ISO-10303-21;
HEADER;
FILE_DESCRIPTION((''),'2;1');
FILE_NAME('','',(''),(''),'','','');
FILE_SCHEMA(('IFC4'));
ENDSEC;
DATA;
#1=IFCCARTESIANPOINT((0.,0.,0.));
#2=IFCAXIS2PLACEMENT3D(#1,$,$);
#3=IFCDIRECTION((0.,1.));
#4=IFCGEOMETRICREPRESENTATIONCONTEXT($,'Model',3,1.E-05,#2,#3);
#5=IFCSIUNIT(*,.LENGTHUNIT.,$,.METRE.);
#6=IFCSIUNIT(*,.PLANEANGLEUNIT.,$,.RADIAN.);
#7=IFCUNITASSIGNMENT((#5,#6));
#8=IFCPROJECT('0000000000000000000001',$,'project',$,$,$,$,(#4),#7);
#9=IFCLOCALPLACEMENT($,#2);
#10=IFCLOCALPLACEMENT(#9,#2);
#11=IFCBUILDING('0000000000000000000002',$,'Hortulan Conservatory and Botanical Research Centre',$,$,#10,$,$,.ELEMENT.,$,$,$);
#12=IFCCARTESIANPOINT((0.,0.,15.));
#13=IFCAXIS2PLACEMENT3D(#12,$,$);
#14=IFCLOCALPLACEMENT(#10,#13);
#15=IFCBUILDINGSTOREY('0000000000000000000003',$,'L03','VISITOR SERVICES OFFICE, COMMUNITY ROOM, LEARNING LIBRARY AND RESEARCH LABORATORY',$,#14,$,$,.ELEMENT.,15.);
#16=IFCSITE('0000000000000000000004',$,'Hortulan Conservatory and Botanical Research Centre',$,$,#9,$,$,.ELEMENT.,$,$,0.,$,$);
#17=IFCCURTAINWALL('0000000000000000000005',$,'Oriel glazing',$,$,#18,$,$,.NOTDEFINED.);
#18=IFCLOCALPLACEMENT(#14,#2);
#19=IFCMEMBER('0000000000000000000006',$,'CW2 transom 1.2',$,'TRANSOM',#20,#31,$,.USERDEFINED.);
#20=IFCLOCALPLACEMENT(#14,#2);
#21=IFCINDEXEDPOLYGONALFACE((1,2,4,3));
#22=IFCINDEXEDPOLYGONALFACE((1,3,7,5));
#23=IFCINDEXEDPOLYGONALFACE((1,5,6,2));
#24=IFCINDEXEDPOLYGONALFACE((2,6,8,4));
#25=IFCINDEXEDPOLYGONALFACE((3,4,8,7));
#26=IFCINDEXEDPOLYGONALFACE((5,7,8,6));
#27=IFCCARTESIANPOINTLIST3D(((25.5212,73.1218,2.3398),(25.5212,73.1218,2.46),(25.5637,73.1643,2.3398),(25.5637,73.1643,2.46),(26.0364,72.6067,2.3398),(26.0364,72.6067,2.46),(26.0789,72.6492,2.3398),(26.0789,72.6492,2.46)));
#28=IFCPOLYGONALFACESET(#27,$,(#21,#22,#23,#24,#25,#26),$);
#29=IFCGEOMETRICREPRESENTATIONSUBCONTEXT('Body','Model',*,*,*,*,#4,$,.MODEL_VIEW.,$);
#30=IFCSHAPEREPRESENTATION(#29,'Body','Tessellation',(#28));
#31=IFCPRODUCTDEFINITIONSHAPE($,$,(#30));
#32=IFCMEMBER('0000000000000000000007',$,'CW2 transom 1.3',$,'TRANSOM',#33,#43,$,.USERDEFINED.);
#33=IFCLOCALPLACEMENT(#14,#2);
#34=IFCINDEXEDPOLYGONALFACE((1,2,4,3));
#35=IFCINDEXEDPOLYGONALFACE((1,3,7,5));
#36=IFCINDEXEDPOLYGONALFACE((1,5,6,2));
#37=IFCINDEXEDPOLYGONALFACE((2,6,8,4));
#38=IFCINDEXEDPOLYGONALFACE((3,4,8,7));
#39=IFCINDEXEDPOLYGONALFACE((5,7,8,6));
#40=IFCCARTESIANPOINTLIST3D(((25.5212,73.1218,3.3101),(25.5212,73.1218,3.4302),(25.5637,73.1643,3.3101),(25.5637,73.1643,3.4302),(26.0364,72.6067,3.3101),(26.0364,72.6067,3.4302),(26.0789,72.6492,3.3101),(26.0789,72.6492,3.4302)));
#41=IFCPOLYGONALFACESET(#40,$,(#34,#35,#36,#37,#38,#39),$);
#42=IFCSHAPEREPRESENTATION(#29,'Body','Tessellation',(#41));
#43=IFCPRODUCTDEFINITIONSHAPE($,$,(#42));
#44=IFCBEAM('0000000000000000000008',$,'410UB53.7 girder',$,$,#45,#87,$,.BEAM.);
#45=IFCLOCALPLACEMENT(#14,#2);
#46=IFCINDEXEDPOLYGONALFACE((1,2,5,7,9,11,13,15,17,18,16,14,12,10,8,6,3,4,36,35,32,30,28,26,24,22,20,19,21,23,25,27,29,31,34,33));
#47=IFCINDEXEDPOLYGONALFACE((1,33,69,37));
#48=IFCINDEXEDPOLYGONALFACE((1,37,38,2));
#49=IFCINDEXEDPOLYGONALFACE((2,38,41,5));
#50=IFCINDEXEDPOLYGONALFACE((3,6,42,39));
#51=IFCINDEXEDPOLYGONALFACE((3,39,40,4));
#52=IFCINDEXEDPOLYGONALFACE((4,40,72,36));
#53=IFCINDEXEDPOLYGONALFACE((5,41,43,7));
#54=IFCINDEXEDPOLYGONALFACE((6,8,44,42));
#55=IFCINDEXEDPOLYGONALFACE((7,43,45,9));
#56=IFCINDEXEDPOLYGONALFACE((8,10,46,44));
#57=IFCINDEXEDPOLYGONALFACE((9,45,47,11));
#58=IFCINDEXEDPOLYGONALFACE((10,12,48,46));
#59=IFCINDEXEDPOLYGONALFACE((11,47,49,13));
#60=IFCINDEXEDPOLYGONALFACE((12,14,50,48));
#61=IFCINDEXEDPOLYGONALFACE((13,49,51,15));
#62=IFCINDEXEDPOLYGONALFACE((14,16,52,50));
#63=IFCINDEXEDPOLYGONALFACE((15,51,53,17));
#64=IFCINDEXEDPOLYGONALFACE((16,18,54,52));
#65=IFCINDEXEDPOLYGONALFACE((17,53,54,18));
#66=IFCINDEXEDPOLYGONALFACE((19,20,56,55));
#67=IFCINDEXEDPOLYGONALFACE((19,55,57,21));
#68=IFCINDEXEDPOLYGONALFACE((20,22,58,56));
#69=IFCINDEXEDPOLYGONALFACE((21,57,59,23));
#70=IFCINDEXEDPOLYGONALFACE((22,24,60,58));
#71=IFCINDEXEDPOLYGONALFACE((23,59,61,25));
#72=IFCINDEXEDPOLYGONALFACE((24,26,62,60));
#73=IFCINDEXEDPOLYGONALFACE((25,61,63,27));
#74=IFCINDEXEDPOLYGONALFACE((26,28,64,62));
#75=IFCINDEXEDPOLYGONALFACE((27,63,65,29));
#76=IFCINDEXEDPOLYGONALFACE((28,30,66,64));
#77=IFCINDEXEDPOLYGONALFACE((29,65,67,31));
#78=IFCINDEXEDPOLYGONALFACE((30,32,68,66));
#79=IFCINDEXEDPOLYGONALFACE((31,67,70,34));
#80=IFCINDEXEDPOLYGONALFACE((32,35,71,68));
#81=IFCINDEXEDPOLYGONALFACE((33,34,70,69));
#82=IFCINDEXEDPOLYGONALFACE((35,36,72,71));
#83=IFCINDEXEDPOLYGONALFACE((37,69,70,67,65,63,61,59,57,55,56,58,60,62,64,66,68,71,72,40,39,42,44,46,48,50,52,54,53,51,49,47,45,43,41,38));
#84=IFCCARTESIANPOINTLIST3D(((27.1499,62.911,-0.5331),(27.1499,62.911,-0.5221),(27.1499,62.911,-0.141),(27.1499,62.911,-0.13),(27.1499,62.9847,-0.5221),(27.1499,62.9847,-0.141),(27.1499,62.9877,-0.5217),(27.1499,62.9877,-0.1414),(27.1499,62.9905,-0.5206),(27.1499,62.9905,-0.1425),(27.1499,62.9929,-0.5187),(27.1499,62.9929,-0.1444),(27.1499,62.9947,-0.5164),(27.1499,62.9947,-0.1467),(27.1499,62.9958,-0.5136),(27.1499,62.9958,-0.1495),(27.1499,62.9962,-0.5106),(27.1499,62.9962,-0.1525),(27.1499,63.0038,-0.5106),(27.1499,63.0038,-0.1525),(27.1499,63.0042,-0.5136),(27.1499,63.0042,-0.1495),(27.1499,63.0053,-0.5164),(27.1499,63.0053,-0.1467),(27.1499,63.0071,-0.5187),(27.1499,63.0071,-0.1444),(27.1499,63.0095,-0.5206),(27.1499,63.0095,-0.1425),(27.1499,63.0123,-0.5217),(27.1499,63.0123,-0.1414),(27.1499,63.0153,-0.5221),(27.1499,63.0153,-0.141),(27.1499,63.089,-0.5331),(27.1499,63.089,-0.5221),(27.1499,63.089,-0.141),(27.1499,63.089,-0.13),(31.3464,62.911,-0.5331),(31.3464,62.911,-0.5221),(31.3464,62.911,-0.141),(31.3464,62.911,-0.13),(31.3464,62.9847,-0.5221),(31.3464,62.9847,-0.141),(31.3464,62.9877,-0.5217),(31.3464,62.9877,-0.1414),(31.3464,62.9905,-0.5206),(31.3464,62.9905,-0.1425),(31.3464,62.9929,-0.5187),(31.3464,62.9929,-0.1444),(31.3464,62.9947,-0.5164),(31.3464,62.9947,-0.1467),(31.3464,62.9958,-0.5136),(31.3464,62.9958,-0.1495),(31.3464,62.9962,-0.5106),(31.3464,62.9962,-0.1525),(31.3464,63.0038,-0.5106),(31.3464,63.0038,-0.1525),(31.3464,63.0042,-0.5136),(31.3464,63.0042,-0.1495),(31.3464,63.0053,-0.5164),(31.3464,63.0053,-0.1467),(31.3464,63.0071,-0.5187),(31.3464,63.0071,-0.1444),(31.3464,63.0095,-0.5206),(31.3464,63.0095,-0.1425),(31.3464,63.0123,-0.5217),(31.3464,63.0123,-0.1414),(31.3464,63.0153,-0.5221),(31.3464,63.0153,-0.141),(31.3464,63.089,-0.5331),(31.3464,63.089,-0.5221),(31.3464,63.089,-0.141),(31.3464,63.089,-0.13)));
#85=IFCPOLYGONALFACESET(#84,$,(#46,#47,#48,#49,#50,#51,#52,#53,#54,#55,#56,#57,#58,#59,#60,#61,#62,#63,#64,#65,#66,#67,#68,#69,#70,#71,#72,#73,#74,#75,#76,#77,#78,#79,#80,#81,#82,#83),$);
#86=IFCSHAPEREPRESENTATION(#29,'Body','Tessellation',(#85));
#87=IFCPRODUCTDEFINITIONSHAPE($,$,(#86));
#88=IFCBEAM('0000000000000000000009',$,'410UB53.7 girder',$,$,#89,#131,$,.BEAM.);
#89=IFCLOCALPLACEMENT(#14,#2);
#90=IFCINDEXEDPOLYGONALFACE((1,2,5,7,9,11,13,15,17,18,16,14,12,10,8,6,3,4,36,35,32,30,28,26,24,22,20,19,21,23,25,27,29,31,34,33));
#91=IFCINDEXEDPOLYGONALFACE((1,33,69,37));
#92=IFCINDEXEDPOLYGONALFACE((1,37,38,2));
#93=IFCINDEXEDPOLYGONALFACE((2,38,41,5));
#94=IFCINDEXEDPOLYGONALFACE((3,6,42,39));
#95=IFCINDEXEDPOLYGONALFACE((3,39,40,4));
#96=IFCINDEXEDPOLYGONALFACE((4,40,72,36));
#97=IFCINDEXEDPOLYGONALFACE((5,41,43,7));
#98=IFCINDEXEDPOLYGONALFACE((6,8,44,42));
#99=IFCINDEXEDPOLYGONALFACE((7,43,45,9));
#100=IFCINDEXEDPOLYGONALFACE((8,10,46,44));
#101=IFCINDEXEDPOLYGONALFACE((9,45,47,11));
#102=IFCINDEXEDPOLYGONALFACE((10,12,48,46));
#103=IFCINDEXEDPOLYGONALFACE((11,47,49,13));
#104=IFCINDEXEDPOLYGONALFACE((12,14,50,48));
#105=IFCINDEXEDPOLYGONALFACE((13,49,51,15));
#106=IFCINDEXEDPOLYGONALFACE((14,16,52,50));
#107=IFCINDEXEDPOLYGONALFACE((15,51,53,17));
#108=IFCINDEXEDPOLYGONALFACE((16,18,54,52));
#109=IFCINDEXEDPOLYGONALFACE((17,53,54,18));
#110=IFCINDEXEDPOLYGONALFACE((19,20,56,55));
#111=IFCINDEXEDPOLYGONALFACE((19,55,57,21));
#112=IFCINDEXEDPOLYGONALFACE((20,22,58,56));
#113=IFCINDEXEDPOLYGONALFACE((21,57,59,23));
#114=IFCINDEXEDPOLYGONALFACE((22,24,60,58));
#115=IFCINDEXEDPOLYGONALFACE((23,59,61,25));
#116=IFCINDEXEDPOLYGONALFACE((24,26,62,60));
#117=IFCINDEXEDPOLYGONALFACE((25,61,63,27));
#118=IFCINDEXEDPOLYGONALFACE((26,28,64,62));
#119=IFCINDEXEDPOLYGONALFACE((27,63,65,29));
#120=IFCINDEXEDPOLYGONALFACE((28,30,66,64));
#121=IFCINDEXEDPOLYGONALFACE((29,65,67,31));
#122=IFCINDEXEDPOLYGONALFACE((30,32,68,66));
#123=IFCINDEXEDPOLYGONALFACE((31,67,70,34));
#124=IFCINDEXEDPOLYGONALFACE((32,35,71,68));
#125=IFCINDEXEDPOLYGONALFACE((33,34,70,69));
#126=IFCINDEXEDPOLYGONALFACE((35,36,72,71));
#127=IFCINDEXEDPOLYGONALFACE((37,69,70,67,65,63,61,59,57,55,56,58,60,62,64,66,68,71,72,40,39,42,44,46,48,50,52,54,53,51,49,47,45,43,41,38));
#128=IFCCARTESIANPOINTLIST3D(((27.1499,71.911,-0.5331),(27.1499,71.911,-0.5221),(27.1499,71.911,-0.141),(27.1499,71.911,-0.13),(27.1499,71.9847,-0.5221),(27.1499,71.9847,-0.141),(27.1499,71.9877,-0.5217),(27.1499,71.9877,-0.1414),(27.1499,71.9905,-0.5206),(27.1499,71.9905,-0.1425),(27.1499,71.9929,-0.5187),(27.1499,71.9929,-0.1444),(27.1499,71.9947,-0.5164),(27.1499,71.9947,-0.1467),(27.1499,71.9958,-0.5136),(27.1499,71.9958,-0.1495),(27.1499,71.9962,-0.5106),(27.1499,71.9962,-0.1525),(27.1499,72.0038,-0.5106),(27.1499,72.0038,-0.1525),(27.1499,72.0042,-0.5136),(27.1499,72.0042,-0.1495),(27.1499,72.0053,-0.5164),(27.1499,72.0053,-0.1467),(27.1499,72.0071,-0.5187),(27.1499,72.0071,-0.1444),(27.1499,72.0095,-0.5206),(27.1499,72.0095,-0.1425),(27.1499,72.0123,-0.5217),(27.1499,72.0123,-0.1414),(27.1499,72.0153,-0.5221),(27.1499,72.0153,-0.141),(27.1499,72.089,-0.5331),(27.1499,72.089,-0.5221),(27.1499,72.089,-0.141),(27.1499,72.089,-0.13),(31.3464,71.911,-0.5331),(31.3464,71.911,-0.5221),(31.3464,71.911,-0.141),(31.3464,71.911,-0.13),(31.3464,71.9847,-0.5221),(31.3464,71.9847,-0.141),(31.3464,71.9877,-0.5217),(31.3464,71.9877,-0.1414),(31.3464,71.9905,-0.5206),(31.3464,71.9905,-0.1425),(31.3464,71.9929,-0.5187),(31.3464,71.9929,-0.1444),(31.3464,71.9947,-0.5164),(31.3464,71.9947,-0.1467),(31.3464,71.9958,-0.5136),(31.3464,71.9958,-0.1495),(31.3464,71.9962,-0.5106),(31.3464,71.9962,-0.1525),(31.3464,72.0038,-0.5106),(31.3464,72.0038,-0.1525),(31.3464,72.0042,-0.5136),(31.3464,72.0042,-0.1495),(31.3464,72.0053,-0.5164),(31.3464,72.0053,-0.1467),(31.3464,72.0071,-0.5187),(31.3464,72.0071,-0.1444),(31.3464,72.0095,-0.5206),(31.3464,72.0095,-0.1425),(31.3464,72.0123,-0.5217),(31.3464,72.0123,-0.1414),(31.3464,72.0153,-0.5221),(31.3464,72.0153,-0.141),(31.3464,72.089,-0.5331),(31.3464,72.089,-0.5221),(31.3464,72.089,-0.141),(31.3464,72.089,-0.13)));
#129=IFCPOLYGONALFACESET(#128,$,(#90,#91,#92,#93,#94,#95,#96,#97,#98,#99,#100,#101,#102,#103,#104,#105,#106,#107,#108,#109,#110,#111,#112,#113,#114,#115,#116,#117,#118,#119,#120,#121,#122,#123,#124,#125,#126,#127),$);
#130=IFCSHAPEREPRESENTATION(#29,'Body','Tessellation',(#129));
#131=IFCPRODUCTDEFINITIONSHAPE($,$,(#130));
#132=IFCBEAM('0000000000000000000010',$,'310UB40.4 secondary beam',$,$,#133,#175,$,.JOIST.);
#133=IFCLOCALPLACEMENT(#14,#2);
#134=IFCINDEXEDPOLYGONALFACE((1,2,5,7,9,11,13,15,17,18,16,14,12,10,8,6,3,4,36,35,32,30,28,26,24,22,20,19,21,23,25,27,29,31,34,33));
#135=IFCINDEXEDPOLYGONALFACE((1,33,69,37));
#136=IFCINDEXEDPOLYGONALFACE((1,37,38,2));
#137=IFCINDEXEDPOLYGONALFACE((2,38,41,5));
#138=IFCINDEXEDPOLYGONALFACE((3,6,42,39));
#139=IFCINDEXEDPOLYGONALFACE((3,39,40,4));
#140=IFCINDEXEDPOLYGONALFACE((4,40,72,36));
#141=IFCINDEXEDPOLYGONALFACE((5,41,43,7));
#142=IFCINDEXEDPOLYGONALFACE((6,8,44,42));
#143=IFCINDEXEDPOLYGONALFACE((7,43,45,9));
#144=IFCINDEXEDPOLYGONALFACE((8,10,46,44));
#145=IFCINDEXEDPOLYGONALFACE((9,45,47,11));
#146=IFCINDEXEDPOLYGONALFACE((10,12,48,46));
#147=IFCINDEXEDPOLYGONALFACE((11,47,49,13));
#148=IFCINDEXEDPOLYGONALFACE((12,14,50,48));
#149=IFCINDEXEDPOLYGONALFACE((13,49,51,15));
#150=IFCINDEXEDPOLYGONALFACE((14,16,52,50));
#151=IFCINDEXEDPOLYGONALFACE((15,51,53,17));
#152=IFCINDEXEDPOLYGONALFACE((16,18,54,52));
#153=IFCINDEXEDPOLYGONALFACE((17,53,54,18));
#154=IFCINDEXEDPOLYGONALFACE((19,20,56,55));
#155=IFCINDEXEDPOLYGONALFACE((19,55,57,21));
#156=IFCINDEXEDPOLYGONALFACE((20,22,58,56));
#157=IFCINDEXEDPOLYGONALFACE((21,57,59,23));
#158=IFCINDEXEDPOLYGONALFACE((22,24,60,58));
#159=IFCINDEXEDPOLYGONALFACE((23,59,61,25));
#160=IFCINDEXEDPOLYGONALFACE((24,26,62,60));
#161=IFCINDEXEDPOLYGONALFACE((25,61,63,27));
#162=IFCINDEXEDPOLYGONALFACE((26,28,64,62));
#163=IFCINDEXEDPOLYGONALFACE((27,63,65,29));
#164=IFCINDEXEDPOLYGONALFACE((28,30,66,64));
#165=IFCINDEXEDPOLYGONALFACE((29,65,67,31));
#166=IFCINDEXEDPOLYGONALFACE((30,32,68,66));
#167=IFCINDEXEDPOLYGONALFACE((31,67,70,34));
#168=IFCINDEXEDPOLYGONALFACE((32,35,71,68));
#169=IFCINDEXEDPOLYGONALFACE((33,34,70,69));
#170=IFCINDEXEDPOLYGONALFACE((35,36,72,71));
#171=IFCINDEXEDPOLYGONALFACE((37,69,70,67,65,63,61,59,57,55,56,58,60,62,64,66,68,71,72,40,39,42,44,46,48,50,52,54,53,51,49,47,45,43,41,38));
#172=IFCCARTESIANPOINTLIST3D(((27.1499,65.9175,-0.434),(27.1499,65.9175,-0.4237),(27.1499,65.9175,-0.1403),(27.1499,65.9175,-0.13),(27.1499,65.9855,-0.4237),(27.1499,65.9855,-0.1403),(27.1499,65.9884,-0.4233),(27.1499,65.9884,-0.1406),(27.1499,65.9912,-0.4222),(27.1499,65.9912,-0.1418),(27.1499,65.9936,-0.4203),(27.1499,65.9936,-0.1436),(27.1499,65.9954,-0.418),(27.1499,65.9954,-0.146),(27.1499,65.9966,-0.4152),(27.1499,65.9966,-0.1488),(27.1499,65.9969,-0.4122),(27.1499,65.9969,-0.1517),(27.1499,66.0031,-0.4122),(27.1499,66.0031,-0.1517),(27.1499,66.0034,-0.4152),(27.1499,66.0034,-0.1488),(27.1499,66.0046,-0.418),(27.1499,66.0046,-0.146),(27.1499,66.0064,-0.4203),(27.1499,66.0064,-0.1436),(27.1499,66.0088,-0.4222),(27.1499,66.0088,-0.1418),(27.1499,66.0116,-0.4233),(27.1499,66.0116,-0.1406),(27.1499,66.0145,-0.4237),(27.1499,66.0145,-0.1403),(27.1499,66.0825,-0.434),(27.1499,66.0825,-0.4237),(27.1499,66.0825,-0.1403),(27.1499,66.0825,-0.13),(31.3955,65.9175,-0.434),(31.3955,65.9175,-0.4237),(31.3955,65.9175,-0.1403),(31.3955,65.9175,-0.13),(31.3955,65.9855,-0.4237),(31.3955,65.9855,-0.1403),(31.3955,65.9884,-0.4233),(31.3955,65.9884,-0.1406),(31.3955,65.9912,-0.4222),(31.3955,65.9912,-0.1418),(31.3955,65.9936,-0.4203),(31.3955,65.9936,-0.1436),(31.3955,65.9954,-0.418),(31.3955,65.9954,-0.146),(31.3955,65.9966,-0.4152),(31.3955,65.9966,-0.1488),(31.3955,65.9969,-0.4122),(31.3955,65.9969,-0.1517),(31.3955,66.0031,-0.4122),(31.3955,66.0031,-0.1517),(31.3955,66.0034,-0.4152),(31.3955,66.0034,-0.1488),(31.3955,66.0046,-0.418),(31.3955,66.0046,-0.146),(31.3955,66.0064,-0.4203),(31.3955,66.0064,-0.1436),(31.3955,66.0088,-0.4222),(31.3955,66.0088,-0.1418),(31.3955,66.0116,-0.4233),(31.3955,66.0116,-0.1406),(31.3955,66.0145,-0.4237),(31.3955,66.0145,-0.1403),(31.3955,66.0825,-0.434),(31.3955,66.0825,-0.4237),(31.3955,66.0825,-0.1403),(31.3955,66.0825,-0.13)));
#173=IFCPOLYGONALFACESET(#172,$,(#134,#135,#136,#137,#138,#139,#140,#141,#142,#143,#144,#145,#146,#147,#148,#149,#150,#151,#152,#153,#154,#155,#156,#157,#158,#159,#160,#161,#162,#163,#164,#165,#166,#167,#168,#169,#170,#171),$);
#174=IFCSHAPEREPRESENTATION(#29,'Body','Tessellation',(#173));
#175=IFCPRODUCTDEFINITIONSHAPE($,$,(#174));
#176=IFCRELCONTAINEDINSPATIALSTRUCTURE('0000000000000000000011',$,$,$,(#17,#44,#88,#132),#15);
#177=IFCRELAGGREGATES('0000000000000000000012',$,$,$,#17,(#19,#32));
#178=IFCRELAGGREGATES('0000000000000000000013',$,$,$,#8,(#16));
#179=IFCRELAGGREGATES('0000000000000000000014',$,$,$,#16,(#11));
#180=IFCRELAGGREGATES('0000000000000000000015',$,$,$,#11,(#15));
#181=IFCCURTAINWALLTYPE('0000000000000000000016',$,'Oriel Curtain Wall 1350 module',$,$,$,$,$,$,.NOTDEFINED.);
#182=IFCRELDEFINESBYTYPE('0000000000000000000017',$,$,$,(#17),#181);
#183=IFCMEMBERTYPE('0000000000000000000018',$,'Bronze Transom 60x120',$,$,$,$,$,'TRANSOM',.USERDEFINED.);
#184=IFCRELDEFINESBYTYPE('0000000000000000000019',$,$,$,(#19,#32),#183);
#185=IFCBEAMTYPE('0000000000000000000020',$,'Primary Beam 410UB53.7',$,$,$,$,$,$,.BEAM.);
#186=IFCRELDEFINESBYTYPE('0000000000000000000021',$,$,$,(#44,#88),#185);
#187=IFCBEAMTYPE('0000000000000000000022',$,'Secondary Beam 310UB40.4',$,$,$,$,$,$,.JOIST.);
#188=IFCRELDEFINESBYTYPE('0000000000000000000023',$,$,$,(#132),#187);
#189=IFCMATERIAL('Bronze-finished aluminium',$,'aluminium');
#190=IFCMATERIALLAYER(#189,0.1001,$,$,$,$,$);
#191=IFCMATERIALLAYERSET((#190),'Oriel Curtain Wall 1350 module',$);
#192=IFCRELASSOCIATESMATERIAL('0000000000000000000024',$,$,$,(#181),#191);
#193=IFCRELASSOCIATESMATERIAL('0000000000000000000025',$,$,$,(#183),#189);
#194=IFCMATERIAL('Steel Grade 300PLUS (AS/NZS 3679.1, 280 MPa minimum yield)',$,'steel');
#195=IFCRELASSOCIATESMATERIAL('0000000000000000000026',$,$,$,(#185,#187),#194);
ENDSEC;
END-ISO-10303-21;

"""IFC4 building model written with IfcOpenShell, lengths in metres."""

from ifc_helpers import new_model, si_unit, direction, frame, origin, origin_2d, place, context, subcontext, project, spatial, rectangle, i_section, extrude, material, layer, layer_set, material_profile, profile_set, type_object, element, aggregate, save


model = new_model("IFC4")

# Units and contexts
model_context = context("Model", 3, precision=1e-05, world=origin(), true_north=direction((0.0, 1.0)))
body_context = subcontext(model_context, "Body", "Model", "MODEL_VIEW")
ifc_project = project(units=[si_unit("LENGTHUNIT", "METRE"), si_unit("PLANEANGLEUNIT", "RADIAN")], contexts=[model_context])

# Site, building, storey
site_placement = place(None, origin())
site = spatial("IfcSite", under=ifc_project, at=site_placement, Name="Hortulan Conservatory and Botanical Research Centre", CompositionType="ELEMENT", RefElevation=0.0)
building_placement = place(site_placement, origin())
building = spatial("IfcBuilding", under=site, at=building_placement, Name="Hortulan Conservatory and Botanical Research Centre", CompositionType="ELEMENT")
storey_placement = place(building_placement, frame((0.0, 0.0, 15.0)))
storey = spatial("IfcBuildingStorey", under=building, at=storey_placement, Name="L03", Description="VISITOR SERVICES OFFICE, COMMUNITY ROOM, LEARNING LIBRARY AND RESEARCH LABORATORY", CompositionType="ELEMENT", Elevation=15.0)

# Shared definitions
ifc_material_1 = material(Name="Steel Grade 300PLUS (AS/NZS 3679.1, 280 MPa minimum yield)", Category="steel")

# Shared definitions
ifc_material_2 = material(Name="Bronze-finished aluminium", Category="aluminium")
ifc_layer_1 = layer(ifc_material_2, 0.1001)
ifc_layer_set_1 = layer_set([ifc_layer_1], Name="Oriel Curtain Wall 1350 module")
curtain_wall_type = type_object("IfcCurtainWallType", Name="Oriel Curtain Wall 1350 module", PredefinedType="NOTDEFINED", material=ifc_layer_set_1)

# Curtain wall
curtain_wall_1_placement = place(storey_placement, origin())
curtain_wall_1 = element("IfcCurtainWall", 1, at=curtain_wall_1_placement, inside=storey, type_object=curtain_wall_type, Name="Oriel glazing", PredefinedType="NOTDEFINED")

# Members
ifc_material_profile_1 = material_profile(ifc_material_2, rectangle(XDim=0.0601, YDim=0.1201, at=origin_2d()), Name="Bronze Transom 60x120")
ifc_profile_set_1 = profile_set([ifc_material_profile_1], Name="Bronze-finished aluminium")
member_type_1 = type_object("IfcMemberType", Name="Bronze Transom 60x120", ElementType="TRANSOM", PredefinedType="USERDEFINED", material=ifc_profile_set_1)
member_1_placement = place(storey_placement, frame((25.5425, 73.1431, 2.3999), z_axis=(0.707107, -0.707107, 0.0), x_axis=(0.707107, 0.707107, 0.0)))
member_1 = element("IfcMember", 2, at=member_1_placement, type_object=member_type_1, Name="CW2 transom 1.2", ObjectType="TRANSOM", PredefinedType="USERDEFINED", context=body_context, shape_type="SweptSolid", body=[
    extrude(rectangle(XDim=0.0601, YDim=0.1201, at=origin_2d()), origin(), (0.0, 0.0, 1.0), 0.7285),
])
member_2_placement = place(storey_placement, frame((25.5425, 73.1431, 3.3701), z_axis=(0.707107, -0.707107, 0.0), x_axis=(0.707107, 0.707107, 0.0)))
member_2 = element("IfcMember", 3, at=member_2_placement, type_object=member_type_1, Name="CW2 transom 1.3", ObjectType="TRANSOM", PredefinedType="USERDEFINED", context=body_context, shape_type="SweptSolid", body=[
    extrude(rectangle(XDim=0.0601, YDim=0.1201, at=origin_2d()), origin(), (0.0, 0.0, 1.0), 0.7285),
])

# Beams
ifc_material_profile_2 = material_profile(ifc_material_1, i_section(OverallWidth=0.178, OverallDepth=0.4031, WebThickness=0.0076, FlangeThickness=0.011, FilletRadius=0.0115, at=origin_2d()), Name="410UB53.7")
ifc_profile_set_2 = profile_set([ifc_material_profile_2], Name="Steel Grade 300PLUS (AS/NZS 3679.1, 280 MPa minimum yield)")
beam_type_1 = type_object("IfcBeamType", Name="Primary Beam 410UB53.7", PredefinedType="BEAM", material=ifc_profile_set_2)
for number, where, z_axis, x_axis, name in (
    (4, (27.1499, 63.0, -0.3315), (1.0, 0.0, 0.0), (0.0, 1.0, 0.0), "410UB53.7 girder"),
    (5, (27.1499, 72.0, -0.3315), (1.0, 0.0, 0.0), (0.0, 1.0, 0.0), "410UB53.7 girder"),
):
    element("IfcBeam", number, at=place(storey_placement, frame(where, z_axis=z_axis, x_axis=x_axis)), inside=storey, type_object=beam_type_1, Name=name, PredefinedType="BEAM", context=body_context, shape_type="SweptSolid", body=[
        extrude(i_section(OverallWidth=0.178, OverallDepth=0.4031, WebThickness=0.0076, FlangeThickness=0.011, FilletRadius=0.0115, at=origin_2d()), origin(), (0.0, 0.0, 1.0), 4.1965),
    ])
ifc_material_profile_3 = material_profile(ifc_material_1, i_section(OverallWidth=0.165, OverallDepth=0.304, WebThickness=0.0061, FlangeThickness=0.0103, FilletRadius=0.0115, at=origin_2d()), Name="310UB40.4")
ifc_profile_set_3 = profile_set([ifc_material_profile_3], Name="Steel Grade 300PLUS (AS/NZS 3679.1, 280 MPa minimum yield)")
beam_type_2 = type_object("IfcBeamType", Name="Secondary Beam 310UB40.4", PredefinedType="JOIST", material=ifc_profile_set_3)
for number, where, z_axis, x_axis, name in (
    (6, (27.1499, 66.0, -0.282), (1.0, 0.0, 0.0), (0.0, 1.0, 0.0), "310UB40.4 secondary beam"),
):
    element("IfcBeam", number, at=place(storey_placement, frame(where, z_axis=z_axis, x_axis=x_axis)), inside=storey, type_object=beam_type_2, Name=name, PredefinedType="JOIST", context=body_context, shape_type="SweptSolid", body=[
        extrude(i_section(OverallWidth=0.165, OverallDepth=0.304, WebThickness=0.0061, FlangeThickness=0.0103, FilletRadius=0.0115, at=origin_2d()), origin(), (0.0, 0.0, 1.0), 4.2456),
    ])

aggregate(curtain_wall_1, [member_1, member_2])

save(model, "model.ifc")
